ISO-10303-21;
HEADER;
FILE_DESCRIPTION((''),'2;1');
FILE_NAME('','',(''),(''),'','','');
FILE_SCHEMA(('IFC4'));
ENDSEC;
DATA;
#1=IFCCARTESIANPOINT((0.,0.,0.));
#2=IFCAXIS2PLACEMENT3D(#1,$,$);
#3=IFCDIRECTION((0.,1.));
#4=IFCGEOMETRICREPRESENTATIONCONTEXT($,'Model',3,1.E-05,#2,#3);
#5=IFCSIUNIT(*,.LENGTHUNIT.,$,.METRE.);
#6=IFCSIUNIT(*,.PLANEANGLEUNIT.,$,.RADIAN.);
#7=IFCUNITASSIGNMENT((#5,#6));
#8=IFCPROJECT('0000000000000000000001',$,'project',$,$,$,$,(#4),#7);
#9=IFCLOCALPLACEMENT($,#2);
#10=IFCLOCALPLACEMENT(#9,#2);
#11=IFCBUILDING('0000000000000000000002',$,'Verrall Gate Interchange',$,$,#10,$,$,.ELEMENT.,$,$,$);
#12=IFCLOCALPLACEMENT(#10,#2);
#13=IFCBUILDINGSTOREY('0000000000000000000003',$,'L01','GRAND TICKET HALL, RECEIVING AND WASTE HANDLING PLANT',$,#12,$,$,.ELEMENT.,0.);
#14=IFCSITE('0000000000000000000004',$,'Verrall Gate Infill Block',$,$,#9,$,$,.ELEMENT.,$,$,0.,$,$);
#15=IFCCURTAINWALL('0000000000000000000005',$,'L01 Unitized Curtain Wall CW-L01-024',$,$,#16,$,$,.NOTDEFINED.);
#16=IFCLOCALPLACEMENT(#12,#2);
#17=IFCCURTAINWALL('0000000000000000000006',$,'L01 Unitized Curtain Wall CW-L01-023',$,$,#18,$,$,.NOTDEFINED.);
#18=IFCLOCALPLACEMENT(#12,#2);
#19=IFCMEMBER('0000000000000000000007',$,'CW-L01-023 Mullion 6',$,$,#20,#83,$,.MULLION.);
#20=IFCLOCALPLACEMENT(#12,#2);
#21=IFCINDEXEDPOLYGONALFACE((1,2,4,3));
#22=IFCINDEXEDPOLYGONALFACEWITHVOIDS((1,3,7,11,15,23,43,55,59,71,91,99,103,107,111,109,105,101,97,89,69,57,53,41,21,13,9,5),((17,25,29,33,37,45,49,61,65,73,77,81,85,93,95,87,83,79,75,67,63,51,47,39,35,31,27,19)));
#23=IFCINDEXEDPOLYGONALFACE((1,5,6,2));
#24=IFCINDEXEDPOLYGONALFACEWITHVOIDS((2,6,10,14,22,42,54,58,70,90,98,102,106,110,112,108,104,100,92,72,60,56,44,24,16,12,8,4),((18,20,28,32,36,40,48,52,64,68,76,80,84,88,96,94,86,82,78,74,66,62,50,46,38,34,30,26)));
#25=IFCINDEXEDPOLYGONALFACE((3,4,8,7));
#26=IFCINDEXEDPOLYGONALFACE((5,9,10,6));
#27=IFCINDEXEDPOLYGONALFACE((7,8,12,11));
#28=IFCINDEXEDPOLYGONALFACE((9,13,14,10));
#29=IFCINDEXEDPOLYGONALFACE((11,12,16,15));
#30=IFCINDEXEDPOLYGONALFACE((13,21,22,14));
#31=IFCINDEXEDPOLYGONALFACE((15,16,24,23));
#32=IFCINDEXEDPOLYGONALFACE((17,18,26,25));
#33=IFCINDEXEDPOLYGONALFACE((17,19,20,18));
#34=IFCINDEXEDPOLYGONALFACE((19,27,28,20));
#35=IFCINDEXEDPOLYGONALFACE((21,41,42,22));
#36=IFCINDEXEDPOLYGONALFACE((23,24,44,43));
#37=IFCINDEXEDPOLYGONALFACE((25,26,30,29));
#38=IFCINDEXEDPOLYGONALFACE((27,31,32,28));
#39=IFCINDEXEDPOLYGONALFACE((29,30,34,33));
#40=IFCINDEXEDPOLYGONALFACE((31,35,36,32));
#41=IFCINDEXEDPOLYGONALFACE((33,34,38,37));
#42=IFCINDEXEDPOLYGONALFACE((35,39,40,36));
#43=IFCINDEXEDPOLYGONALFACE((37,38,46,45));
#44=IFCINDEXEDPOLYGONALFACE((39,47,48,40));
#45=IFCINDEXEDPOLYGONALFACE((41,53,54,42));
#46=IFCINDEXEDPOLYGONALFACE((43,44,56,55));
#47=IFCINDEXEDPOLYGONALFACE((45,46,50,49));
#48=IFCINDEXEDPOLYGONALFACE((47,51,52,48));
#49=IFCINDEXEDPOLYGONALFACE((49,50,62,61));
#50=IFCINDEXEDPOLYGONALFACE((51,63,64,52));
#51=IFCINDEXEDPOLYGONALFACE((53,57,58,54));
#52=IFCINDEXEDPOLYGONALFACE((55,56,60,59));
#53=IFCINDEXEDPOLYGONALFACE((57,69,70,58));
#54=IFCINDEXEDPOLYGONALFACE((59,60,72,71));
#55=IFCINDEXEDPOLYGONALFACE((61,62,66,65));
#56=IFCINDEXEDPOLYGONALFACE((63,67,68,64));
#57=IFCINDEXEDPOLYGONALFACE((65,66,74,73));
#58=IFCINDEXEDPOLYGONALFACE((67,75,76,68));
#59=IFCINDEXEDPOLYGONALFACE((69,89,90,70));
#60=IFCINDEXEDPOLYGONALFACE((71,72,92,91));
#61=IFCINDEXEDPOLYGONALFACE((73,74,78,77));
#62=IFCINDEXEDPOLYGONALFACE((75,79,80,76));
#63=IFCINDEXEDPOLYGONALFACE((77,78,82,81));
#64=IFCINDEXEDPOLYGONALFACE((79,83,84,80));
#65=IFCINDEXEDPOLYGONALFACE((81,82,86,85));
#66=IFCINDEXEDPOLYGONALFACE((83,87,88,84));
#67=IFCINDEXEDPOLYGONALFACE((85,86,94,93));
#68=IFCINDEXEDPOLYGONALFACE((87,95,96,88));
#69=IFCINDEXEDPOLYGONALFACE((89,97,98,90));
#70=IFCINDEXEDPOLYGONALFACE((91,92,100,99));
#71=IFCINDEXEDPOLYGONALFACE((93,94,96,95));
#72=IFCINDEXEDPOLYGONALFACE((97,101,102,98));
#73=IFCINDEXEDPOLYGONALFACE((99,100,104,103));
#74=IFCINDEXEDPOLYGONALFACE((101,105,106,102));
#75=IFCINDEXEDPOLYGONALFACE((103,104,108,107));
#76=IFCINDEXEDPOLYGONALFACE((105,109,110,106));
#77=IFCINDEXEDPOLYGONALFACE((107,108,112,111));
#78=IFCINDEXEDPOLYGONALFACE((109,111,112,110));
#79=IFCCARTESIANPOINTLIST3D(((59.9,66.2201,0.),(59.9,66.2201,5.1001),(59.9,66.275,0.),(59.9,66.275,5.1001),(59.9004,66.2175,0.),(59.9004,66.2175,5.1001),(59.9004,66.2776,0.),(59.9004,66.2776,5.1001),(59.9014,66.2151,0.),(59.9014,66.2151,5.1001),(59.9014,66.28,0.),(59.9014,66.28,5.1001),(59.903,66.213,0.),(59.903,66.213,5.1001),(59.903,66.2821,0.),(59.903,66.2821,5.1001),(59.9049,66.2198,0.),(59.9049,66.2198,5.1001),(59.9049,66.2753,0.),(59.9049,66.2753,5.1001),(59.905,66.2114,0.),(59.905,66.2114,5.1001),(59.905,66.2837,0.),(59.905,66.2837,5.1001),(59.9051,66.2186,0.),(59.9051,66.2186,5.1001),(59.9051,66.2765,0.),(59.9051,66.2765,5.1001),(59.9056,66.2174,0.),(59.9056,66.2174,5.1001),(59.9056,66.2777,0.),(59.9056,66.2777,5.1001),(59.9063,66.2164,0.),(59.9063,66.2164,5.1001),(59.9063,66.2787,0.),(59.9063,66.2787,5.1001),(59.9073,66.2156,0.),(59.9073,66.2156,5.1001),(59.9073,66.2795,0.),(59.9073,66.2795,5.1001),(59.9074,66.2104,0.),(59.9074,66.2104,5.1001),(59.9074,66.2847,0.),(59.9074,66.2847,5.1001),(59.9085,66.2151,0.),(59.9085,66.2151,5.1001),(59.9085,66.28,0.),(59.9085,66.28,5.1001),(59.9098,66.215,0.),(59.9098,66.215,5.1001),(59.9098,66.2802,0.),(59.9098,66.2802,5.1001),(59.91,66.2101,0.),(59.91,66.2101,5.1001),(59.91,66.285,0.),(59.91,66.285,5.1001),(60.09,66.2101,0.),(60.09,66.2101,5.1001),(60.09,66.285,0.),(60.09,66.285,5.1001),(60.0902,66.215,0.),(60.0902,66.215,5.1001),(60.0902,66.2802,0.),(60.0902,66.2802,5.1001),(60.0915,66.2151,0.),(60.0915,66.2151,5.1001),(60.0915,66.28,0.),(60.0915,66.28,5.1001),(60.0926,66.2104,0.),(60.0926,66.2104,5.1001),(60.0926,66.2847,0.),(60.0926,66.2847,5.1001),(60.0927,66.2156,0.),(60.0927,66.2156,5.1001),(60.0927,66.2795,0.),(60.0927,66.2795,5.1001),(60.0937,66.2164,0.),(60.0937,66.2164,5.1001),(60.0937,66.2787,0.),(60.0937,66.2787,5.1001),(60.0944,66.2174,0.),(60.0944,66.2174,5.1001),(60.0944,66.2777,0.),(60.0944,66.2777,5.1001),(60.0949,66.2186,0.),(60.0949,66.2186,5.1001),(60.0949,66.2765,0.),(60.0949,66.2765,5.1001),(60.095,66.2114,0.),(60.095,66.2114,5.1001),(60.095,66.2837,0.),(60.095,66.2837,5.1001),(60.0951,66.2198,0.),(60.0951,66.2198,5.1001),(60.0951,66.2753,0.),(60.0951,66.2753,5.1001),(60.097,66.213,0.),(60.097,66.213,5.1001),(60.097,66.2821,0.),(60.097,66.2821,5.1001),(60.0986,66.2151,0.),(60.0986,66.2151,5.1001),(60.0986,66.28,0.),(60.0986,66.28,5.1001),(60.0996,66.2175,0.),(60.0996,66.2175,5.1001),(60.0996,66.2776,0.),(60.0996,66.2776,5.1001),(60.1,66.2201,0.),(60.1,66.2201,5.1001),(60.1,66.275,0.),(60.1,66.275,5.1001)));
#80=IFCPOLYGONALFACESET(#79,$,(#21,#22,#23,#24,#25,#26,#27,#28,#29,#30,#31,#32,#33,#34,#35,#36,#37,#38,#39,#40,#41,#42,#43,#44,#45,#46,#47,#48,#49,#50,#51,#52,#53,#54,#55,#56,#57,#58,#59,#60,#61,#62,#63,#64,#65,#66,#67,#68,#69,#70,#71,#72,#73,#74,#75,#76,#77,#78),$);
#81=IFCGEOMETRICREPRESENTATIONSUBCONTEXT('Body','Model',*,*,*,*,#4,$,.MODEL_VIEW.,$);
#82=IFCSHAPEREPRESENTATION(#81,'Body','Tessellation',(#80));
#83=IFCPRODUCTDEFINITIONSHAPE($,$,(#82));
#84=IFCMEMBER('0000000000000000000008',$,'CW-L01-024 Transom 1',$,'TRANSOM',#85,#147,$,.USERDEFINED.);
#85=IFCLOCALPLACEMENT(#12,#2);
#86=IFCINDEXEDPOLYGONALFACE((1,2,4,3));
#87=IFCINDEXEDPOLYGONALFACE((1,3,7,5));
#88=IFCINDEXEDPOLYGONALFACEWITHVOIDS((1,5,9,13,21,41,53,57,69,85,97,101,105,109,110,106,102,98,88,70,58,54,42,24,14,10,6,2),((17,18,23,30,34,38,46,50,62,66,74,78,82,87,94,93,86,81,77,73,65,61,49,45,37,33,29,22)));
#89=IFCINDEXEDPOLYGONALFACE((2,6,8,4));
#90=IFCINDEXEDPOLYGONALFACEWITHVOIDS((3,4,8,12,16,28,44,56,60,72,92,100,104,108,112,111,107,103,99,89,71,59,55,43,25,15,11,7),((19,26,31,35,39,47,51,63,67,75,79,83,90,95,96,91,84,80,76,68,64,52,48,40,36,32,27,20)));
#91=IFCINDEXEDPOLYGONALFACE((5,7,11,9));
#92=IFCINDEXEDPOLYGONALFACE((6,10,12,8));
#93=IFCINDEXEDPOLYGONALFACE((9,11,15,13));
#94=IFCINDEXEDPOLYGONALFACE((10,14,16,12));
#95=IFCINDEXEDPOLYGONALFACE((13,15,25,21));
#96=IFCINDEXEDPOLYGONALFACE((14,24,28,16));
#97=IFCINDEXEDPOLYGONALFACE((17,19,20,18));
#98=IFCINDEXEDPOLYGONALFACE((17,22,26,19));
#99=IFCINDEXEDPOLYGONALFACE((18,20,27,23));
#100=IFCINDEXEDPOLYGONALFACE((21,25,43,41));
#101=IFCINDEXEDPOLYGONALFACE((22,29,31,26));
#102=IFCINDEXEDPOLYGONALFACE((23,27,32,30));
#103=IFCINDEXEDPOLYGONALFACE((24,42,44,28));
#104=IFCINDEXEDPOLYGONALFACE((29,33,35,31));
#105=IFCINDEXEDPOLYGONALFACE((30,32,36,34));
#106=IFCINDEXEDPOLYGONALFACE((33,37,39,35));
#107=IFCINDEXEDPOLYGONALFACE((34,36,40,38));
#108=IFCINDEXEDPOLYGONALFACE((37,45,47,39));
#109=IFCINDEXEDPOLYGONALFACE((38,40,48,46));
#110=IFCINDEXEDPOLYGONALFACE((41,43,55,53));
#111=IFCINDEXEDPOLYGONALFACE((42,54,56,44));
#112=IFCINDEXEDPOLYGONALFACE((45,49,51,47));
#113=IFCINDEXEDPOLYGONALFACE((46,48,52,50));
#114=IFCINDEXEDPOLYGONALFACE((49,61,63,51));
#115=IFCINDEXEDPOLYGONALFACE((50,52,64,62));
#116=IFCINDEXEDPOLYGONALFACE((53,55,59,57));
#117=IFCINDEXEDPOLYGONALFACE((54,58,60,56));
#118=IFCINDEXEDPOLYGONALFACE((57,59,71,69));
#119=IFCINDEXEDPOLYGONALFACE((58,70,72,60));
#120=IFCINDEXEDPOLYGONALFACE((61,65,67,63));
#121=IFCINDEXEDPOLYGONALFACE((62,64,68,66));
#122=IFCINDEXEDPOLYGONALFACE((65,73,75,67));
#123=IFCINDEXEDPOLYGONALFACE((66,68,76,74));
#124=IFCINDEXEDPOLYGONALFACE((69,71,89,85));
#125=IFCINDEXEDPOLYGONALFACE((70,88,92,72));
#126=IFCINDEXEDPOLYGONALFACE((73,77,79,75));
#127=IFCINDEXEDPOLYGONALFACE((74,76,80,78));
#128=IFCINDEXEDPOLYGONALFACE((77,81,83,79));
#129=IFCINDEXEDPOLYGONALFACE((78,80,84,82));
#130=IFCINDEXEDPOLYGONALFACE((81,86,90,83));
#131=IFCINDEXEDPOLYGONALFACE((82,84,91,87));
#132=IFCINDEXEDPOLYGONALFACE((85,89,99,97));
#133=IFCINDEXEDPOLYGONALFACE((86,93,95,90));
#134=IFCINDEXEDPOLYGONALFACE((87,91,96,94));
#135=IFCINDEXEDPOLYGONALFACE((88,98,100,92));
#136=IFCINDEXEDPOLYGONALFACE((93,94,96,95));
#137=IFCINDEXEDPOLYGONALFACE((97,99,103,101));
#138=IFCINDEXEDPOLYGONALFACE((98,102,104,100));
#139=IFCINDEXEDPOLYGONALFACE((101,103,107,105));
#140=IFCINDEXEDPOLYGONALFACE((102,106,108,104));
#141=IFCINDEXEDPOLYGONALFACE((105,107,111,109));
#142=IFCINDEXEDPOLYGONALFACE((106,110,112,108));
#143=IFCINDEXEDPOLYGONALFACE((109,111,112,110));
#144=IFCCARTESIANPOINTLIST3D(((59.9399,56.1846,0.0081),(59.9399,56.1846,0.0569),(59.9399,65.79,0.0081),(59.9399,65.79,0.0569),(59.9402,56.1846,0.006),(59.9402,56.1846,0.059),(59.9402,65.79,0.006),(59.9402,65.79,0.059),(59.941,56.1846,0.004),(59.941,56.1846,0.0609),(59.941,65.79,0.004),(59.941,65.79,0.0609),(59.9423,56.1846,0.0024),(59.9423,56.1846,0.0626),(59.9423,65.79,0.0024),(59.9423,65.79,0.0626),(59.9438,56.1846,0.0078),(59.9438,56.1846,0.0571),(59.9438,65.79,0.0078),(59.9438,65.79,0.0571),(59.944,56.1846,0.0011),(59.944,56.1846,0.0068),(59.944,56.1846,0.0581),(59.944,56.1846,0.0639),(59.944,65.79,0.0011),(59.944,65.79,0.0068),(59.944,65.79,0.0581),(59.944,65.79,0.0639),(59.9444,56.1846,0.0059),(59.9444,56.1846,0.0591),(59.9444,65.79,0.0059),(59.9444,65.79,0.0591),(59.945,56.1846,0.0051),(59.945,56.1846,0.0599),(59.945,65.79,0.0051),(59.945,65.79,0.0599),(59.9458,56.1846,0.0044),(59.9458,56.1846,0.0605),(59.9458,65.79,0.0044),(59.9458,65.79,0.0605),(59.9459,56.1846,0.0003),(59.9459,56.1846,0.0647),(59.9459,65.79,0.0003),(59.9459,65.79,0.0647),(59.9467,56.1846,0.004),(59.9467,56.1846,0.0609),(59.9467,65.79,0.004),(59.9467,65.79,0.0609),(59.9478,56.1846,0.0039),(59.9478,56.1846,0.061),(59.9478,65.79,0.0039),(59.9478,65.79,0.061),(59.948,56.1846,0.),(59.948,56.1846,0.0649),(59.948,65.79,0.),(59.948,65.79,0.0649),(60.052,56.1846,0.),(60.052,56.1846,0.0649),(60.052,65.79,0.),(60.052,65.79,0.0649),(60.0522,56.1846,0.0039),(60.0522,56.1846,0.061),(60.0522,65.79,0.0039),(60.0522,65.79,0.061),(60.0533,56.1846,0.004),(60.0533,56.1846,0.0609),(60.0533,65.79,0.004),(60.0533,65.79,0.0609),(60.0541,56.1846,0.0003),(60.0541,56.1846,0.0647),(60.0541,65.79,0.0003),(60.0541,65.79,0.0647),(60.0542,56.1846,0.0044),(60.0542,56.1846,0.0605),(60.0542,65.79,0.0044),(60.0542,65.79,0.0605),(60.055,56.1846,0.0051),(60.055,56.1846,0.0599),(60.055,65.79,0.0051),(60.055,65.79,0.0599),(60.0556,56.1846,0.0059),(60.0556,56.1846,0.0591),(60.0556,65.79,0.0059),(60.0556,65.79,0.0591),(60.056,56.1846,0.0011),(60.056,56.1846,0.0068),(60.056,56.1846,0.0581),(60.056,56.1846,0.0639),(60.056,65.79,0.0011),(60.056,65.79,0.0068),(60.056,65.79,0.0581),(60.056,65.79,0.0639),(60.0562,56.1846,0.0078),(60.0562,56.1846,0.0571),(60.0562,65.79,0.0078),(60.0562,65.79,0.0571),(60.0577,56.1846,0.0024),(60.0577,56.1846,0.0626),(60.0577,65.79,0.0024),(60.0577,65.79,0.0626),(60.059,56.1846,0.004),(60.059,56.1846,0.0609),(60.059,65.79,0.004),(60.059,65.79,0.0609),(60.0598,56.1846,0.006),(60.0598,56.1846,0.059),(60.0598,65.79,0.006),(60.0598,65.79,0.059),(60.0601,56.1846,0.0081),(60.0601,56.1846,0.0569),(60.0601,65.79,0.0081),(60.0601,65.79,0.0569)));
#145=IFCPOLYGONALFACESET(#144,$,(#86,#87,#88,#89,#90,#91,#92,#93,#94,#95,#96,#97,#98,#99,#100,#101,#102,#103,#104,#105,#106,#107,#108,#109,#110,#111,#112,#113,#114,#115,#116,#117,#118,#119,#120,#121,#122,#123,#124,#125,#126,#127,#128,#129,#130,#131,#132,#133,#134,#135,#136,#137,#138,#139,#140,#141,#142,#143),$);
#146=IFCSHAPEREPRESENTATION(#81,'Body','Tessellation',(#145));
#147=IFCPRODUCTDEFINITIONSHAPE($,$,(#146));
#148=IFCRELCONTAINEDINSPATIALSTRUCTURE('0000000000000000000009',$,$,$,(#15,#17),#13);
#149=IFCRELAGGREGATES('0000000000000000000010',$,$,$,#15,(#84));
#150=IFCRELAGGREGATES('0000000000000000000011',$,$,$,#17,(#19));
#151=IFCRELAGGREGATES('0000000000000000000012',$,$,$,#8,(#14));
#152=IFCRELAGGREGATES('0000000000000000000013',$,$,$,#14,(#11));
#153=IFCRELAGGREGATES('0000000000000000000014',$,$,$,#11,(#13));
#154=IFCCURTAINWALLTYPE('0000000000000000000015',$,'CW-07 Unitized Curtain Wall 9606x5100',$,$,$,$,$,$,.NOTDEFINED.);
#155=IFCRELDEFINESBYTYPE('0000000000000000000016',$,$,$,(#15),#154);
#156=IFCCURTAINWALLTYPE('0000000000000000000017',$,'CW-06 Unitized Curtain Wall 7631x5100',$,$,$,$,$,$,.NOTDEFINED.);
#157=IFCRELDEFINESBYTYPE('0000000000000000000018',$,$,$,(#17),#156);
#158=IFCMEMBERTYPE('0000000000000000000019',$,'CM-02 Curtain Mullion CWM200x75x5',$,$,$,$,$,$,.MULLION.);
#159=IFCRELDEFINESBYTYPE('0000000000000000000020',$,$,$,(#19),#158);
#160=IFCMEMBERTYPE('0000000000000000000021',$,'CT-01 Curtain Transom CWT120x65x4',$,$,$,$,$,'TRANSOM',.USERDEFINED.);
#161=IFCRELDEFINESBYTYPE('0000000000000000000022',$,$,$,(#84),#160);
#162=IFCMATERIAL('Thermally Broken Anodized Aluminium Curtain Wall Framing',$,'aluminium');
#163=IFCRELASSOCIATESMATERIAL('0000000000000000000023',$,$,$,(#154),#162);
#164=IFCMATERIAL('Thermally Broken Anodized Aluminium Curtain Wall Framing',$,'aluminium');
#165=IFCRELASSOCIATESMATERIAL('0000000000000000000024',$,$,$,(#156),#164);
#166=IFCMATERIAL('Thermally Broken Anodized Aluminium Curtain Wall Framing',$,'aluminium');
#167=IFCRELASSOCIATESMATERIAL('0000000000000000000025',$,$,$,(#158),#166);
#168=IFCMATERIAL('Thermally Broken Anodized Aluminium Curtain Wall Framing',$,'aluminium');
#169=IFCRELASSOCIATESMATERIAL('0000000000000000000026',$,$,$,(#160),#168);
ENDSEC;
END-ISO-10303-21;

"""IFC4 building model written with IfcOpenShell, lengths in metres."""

from ifc_helpers import new_model, si_unit, direction, frame, origin, origin_2d, place, context, subcontext, project, spatial, hollow_rectangle, extrude, material, material_profile, profile_set, type_object, element, aggregate, save


model = new_model("IFC4")

# Units and contexts
model_context = context("Model", 3, precision=1e-05, world=origin(), true_north=direction((0.0, 1.0)))
body_context = subcontext(model_context, "Body", "Model", "MODEL_VIEW")
ifc_project = project(units=[si_unit("LENGTHUNIT", "METRE"), si_unit("PLANEANGLEUNIT", "RADIAN")], contexts=[model_context])

# Site, building, storey
site_placement = place(None, origin())
site = spatial("IfcSite", under=ifc_project, at=site_placement, Name="Verrall Gate Infill Block", CompositionType="ELEMENT", RefElevation=0.0)
building_placement = place(site_placement, origin())
building = spatial("IfcBuilding", under=site, at=building_placement, Name="Verrall Gate Interchange", CompositionType="ELEMENT")
storey_placement = place(building_placement, origin())
storey = spatial("IfcBuildingStorey", under=building, at=storey_placement, Name="L01", Description="GRAND TICKET HALL, RECEIVING AND WASTE HANDLING PLANT", CompositionType="ELEMENT", Elevation=0.0)

# Curtain walls, member
ifc_material_1 = material(Name="Thermally Broken Anodized Aluminium Curtain Wall Framing", Category="aluminium")
curtain_wall_type_1 = type_object("IfcCurtainWallType", Name="CW-07 Unitized Curtain Wall 9606x5100", PredefinedType="NOTDEFINED", material=ifc_material_1)
curtain_wall_1_placement = place(storey_placement, origin())
curtain_wall_1 = element("IfcCurtainWall", 1, at=curtain_wall_1_placement, inside=storey, type_object=curtain_wall_type_1, Name="L01 Unitized Curtain Wall CW-L01-024", PredefinedType="NOTDEFINED")
ifc_material_2 = material(Name="Thermally Broken Anodized Aluminium Curtain Wall Framing", Category="aluminium")
curtain_wall_type_2 = type_object("IfcCurtainWallType", Name="CW-06 Unitized Curtain Wall 7631x5100", PredefinedType="NOTDEFINED", material=ifc_material_2)
curtain_wall_2_placement = place(storey_placement, origin())
curtain_wall_2 = element("IfcCurtainWall", 2, at=curtain_wall_2_placement, inside=storey, type_object=curtain_wall_type_2, Name="L01 Unitized Curtain Wall CW-L01-023", PredefinedType="NOTDEFINED")
ifc_material_3 = material(Name="Thermally Broken Anodized Aluminium Curtain Wall Framing", Category="aluminium")
ifc_material_profile_1 = material_profile(ifc_material_3, hollow_rectangle(XDim=0.075, YDim=0.2, WallThickness=0.0049, InnerFilletRadius=0.0049, OuterFilletRadius=0.01, at=origin_2d()), Name="CWM200x75x5")
ifc_profile_set_1 = profile_set([ifc_material_profile_1], Name="Thermally Broken Anodized Aluminium Curtain Wall Framing")
member_type_1 = type_object("IfcMemberType", Name="CM-02 Curtain Mullion CWM200x75x5", PredefinedType="MULLION", material=ifc_profile_set_1)
member_1_placement = place(storey_placement, frame((60.0, 66.2476, 0.0), z_axis=(0.0, 0.0, 1.0), x_axis=(0.0, -1.0, 0.0)))
member_1 = element("IfcMember", 3, at=member_1_placement, type_object=member_type_1, Name="CW-L01-023 Mullion 6", PredefinedType="MULLION", context=body_context, shape_type="SweptSolid", body=[
    extrude(hollow_rectangle(XDim=0.075, YDim=0.2, WallThickness=0.0049, InnerFilletRadius=0.0049, OuterFilletRadius=0.01, at=origin_2d()), origin(), (0.0, 0.0, 1.0), 5.1001),
])

# Member
ifc_material_4 = material(Name="Thermally Broken Anodized Aluminium Curtain Wall Framing", Category="aluminium")
ifc_material_profile_2 = material_profile(ifc_material_4, hollow_rectangle(XDim=0.1201, YDim=0.0649, WallThickness=0.0039, InnerFilletRadius=0.0039, OuterFilletRadius=0.0081, at=origin_2d()), Name="CWT120x65x4")
ifc_profile_set_2 = profile_set([ifc_material_profile_2], Name="Thermally Broken Anodized Aluminium Curtain Wall Framing")
member_type_2 = type_object("IfcMemberType", Name="CT-01 Curtain Transom CWT120x65x4", ElementType="TRANSOM", PredefinedType="USERDEFINED", material=ifc_profile_set_2)
member_2_placement = place(storey_placement, frame((60.0, 65.79, 0.0325), z_axis=(0.0, -1.0, 0.0), x_axis=(1.0, 0.0, 0.0)))
member_2 = element("IfcMember", 4, at=member_2_placement, type_object=member_type_2, Name="CW-L01-024 Transom 1", ObjectType="TRANSOM", PredefinedType="USERDEFINED", context=body_context, shape_type="SweptSolid", body=[
    extrude(hollow_rectangle(XDim=0.1201, YDim=0.0649, WallThickness=0.0039, InnerFilletRadius=0.0039, OuterFilletRadius=0.0081, at=origin_2d()), origin(), (0.0, 0.0, 1.0), 9.6055),
])

aggregate(curtain_wall_1, [member_2])
aggregate(curtain_wall_2, [member_1])

save(model, "model.ifc")
